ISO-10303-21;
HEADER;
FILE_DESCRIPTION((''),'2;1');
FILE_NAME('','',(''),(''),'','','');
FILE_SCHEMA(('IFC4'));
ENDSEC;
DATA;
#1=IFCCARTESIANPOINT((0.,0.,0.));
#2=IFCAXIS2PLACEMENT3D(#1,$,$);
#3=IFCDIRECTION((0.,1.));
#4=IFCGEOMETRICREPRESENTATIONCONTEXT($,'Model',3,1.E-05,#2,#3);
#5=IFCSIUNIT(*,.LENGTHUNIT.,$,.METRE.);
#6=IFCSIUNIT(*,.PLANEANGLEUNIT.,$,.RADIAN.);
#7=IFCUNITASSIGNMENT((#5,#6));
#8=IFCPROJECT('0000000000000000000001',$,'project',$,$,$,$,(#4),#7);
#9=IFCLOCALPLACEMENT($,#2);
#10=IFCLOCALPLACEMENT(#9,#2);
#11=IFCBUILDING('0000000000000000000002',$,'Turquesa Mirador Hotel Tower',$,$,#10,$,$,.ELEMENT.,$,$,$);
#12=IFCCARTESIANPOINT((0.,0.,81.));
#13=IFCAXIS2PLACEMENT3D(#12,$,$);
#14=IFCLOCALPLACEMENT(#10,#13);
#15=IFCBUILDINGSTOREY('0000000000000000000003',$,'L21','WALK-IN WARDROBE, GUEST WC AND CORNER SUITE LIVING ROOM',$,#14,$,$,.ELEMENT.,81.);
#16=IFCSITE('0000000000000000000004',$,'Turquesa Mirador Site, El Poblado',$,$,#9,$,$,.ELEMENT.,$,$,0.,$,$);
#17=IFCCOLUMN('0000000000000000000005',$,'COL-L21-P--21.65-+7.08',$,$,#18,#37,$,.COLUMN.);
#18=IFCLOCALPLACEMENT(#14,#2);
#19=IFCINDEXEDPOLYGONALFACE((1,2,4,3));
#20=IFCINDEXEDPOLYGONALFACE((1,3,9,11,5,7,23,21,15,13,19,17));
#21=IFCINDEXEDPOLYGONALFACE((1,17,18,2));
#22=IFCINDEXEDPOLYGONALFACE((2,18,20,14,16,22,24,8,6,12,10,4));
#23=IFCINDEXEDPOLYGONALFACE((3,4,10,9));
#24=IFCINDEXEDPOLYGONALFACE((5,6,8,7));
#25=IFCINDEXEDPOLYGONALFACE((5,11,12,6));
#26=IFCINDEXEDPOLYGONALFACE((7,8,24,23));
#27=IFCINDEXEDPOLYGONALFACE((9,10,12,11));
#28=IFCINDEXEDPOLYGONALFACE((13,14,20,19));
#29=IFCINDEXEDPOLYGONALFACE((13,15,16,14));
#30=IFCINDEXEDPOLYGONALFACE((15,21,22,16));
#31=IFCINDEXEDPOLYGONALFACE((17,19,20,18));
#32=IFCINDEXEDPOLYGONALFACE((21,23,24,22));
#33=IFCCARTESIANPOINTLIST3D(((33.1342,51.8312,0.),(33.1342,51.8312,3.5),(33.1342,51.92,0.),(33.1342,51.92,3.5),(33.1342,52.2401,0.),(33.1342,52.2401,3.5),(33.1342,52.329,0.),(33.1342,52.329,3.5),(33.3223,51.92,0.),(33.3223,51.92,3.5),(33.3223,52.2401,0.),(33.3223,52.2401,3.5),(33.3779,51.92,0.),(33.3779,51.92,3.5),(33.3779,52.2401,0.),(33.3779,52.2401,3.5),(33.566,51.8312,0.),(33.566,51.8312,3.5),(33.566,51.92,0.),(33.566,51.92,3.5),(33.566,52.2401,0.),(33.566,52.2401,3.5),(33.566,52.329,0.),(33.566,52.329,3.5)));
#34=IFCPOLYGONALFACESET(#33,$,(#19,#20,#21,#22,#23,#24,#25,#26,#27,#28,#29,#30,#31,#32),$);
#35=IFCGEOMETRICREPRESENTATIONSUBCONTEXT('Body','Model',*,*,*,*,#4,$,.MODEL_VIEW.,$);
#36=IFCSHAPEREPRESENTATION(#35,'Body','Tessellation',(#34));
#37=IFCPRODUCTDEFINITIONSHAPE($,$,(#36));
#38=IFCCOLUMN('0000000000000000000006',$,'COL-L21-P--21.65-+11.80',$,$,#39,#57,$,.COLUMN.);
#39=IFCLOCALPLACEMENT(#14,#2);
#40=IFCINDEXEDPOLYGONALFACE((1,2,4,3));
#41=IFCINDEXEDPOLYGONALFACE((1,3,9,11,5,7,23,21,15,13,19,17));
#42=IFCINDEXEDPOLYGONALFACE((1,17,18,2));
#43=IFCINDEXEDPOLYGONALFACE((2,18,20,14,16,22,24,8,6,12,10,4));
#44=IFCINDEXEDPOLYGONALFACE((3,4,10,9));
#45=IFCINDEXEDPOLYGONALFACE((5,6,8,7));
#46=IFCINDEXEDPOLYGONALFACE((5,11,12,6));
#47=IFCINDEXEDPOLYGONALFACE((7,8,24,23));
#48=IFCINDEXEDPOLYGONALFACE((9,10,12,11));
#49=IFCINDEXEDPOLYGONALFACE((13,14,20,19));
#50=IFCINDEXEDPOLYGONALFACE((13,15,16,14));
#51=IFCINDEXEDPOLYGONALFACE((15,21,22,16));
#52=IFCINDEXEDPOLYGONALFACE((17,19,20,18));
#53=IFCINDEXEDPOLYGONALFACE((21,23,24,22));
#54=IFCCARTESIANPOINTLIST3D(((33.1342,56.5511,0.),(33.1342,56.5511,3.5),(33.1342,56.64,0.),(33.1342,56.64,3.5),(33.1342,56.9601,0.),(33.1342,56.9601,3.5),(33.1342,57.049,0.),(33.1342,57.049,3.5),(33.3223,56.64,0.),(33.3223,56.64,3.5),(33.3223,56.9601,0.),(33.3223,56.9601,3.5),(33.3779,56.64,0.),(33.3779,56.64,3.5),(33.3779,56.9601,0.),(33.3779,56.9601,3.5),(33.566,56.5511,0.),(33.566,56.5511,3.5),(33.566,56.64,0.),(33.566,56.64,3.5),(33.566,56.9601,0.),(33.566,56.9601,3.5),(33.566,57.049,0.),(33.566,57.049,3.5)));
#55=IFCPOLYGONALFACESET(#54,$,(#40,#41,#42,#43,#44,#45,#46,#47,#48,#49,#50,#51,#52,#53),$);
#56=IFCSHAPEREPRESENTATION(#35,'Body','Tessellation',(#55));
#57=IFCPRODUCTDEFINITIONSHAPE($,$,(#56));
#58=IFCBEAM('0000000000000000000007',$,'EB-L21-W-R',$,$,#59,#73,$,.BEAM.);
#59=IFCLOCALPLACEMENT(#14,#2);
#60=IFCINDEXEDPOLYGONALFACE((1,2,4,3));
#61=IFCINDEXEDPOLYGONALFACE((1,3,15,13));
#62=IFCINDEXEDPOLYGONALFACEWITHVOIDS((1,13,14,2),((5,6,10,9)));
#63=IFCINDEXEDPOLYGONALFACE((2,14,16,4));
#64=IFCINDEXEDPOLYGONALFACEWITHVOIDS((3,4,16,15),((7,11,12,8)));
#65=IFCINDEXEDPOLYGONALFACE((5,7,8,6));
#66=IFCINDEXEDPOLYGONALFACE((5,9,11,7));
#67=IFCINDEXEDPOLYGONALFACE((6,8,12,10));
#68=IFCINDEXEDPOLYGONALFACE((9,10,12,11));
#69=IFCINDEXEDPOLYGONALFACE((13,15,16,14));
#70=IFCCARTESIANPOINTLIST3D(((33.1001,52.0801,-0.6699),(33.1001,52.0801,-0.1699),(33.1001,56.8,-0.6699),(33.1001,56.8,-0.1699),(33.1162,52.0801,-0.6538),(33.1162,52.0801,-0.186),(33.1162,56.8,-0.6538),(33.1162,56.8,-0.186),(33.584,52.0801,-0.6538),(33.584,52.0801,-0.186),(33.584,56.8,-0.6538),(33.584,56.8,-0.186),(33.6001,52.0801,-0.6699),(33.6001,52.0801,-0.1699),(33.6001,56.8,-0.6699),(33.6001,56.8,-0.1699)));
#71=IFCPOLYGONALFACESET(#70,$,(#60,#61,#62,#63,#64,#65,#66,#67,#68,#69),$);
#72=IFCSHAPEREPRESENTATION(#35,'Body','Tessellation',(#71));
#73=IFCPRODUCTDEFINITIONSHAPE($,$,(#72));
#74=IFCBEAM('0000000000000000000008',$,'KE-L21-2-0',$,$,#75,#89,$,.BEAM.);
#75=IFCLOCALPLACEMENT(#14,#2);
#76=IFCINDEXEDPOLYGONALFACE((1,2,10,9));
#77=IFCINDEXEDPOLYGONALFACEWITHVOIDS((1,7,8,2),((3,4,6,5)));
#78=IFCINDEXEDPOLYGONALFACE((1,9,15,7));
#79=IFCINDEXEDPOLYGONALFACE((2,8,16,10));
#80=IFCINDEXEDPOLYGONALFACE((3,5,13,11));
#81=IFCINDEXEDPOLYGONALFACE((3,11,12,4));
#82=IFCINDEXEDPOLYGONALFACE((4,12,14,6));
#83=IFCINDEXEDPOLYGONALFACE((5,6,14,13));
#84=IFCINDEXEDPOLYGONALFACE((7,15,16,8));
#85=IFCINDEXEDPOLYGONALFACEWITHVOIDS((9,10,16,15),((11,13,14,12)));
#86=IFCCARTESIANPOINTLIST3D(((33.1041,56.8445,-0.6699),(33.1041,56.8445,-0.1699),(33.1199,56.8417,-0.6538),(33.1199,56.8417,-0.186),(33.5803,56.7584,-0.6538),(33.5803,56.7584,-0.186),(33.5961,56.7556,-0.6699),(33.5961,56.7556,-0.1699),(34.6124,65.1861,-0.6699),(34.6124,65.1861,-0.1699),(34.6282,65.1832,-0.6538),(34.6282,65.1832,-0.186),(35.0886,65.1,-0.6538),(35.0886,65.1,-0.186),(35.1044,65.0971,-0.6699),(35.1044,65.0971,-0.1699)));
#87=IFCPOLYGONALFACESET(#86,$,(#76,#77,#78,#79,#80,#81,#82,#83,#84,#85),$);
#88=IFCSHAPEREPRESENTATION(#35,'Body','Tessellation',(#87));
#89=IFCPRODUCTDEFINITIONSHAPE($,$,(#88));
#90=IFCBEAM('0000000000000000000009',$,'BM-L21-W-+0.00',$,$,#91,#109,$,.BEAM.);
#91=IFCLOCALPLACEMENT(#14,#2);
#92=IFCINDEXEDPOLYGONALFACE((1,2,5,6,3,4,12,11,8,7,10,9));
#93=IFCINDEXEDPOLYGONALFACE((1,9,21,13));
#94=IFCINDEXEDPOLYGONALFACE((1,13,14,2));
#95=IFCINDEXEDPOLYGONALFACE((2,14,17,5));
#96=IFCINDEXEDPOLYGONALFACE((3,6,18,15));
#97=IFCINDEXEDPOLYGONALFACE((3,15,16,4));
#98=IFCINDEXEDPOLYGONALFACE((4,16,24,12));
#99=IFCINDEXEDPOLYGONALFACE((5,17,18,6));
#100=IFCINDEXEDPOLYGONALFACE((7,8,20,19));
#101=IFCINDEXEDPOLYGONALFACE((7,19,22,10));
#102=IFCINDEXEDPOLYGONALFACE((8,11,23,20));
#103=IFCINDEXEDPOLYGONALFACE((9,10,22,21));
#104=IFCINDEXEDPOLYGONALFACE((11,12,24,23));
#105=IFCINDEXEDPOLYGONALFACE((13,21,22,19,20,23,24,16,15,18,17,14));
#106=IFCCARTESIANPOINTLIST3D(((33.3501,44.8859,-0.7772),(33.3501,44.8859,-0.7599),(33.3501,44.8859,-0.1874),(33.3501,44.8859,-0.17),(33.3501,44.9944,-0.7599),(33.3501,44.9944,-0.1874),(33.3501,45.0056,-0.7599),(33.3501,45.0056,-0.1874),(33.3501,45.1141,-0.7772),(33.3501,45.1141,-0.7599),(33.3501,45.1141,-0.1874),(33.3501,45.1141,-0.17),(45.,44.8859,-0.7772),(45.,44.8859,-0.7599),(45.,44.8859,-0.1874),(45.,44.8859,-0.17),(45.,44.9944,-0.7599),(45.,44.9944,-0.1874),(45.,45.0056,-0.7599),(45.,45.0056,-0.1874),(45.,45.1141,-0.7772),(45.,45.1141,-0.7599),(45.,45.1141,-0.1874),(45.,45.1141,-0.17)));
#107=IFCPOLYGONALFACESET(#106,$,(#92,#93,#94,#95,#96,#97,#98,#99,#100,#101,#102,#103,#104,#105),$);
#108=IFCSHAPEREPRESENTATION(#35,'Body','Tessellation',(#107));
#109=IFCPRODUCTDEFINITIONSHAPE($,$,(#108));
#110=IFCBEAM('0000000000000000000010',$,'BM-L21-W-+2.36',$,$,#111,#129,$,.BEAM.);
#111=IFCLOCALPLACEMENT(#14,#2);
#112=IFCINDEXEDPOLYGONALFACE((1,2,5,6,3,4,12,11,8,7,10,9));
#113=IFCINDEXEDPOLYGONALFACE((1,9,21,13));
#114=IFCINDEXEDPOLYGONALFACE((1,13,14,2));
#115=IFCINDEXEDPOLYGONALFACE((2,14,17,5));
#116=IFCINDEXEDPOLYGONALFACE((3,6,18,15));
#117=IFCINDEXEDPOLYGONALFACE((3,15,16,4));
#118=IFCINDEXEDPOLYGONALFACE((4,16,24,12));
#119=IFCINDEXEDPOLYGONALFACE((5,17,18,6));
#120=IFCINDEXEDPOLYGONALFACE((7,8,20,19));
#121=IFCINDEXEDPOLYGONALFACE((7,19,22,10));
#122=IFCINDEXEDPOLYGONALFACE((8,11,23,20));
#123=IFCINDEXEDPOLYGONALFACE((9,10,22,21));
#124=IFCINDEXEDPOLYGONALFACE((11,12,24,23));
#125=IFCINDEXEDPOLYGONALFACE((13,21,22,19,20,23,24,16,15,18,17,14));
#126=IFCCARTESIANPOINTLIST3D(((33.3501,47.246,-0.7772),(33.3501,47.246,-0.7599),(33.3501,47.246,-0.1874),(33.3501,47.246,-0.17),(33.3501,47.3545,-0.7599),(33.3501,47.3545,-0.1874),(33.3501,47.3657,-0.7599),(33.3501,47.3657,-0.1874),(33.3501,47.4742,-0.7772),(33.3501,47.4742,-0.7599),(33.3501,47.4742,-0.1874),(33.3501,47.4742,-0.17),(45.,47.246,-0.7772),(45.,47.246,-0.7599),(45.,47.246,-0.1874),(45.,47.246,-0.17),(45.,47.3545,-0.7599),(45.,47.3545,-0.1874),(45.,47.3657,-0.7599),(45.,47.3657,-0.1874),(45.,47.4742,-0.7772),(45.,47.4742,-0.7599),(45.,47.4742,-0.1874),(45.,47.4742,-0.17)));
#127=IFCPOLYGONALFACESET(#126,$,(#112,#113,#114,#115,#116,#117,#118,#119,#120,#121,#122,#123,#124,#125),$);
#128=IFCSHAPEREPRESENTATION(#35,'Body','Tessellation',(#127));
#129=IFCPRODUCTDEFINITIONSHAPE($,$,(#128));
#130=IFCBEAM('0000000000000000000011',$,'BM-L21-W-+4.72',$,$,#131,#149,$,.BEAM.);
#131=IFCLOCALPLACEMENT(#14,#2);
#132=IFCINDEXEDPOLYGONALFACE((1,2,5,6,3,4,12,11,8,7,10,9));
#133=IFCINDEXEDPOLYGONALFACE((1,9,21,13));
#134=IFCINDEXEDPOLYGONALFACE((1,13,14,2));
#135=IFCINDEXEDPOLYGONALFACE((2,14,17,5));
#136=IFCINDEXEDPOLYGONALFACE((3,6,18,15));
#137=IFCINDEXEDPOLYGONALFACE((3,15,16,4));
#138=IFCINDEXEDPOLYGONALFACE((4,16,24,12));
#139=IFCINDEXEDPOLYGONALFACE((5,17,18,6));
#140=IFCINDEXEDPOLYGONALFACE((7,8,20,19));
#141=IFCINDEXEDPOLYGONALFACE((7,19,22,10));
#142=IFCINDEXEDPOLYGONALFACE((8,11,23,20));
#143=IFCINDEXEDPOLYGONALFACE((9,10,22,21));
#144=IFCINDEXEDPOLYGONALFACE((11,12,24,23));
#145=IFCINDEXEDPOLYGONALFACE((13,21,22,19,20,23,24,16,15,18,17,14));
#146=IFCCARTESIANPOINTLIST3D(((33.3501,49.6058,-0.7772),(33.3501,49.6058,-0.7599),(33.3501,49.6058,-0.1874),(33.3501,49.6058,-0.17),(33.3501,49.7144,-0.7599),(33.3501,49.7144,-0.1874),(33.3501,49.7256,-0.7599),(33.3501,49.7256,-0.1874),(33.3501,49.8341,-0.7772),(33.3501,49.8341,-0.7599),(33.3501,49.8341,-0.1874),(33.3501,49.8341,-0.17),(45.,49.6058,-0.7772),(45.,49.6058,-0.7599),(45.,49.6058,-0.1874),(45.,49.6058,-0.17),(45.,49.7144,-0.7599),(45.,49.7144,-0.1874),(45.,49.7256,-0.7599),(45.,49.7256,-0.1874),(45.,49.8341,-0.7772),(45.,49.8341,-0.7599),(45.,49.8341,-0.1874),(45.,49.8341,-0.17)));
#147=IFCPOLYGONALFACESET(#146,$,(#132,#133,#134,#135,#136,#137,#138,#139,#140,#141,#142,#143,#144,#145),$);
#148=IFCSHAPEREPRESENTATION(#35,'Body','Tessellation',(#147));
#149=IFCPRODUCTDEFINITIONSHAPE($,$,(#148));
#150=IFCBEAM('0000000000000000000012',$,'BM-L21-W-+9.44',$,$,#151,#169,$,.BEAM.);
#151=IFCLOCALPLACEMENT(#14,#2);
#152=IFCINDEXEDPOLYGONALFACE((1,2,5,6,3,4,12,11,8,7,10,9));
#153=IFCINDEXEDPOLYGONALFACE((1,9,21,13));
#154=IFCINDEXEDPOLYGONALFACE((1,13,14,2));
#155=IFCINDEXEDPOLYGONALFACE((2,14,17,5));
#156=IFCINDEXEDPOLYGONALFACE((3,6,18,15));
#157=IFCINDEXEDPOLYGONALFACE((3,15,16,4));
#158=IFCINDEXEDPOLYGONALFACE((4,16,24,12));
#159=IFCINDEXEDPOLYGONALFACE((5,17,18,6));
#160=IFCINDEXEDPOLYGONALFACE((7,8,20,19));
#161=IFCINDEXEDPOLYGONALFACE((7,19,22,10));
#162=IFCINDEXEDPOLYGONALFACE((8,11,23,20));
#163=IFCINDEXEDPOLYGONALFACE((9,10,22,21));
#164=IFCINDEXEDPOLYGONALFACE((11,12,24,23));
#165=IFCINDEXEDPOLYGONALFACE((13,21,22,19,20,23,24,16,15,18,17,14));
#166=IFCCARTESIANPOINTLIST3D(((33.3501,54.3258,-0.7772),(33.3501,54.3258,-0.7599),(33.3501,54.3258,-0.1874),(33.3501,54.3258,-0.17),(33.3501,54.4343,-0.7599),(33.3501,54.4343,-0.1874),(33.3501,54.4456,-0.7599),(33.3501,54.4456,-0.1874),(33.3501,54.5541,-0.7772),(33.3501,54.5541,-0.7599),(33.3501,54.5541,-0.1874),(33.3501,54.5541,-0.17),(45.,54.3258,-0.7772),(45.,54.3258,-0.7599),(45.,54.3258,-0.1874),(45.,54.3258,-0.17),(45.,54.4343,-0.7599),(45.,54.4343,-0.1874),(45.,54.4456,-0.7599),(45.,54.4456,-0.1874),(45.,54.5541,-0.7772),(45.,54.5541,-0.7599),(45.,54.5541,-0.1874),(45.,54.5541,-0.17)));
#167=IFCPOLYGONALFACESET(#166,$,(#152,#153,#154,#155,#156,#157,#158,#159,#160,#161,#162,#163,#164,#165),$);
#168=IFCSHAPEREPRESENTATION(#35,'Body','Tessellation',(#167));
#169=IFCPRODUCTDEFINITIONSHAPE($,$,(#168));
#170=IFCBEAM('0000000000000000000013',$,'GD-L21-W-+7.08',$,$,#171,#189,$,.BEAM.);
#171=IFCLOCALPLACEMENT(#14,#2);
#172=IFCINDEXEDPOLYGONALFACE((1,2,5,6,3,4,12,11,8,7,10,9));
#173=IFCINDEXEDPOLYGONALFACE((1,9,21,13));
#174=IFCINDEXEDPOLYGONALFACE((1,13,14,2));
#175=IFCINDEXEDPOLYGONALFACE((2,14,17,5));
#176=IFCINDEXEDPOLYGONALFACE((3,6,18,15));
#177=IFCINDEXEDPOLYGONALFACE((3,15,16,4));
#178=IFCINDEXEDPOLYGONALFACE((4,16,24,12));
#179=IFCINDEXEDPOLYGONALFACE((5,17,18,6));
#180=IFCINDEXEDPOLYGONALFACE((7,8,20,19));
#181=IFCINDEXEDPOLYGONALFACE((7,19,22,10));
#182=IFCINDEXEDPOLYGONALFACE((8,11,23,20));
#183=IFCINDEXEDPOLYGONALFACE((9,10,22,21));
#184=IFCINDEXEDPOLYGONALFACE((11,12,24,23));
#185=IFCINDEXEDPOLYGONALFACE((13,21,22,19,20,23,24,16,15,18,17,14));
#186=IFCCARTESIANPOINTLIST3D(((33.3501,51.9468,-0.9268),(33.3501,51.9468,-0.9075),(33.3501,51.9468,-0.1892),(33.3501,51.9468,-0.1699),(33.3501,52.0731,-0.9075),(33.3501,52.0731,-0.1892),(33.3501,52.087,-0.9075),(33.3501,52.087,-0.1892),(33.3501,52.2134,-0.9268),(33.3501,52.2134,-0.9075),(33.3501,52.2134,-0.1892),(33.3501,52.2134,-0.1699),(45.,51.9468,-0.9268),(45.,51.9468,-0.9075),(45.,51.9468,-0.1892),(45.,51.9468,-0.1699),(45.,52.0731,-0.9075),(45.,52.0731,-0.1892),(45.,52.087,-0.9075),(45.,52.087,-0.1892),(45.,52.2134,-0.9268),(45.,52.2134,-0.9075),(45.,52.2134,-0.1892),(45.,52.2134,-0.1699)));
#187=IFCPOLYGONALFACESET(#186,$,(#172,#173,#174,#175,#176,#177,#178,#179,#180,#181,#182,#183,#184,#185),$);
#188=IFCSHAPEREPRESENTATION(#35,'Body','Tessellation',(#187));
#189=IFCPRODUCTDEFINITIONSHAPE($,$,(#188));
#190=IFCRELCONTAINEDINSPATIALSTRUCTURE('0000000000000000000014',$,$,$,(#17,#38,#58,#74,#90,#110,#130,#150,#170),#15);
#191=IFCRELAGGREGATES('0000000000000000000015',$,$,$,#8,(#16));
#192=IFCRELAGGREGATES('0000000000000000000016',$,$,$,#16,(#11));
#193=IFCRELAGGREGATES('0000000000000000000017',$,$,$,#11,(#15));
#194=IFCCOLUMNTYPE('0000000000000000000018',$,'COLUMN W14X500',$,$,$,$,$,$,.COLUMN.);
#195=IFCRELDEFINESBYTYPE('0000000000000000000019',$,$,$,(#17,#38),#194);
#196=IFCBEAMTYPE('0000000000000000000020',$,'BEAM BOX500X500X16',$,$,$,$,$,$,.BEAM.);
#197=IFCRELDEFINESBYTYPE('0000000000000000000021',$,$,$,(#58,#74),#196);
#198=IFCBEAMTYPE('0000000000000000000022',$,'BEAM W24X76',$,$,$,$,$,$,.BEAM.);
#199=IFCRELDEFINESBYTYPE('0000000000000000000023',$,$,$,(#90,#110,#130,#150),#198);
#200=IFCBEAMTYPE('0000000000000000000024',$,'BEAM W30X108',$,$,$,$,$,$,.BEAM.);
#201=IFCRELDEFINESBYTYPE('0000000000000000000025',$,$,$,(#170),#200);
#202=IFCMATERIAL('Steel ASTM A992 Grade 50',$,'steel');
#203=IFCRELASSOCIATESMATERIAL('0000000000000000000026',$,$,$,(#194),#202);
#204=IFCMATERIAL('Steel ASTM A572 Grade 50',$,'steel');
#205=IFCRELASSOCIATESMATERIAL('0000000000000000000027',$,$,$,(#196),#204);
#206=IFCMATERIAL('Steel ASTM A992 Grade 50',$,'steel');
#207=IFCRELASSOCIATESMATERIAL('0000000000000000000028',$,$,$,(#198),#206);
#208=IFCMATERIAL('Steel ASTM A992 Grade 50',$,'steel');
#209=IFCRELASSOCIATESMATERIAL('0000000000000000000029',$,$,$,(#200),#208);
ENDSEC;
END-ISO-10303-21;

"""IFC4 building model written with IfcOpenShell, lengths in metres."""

from ifc_helpers import new_model, si_unit, direction, frame, origin, origin_2d, place, context, subcontext, project, spatial, hollow_rectangle, i_section, extrude, material, material_profile, profile_set, type_object, element, save


model = new_model("IFC4")

# Units and contexts
model_context = context("Model", 3, precision=1e-05, world=origin(), true_north=direction((0.0, 1.0)))
body_context = subcontext(model_context, "Body", "Model", "MODEL_VIEW")
ifc_project = project(units=[si_unit("LENGTHUNIT", "METRE"), si_unit("PLANEANGLEUNIT", "RADIAN")], contexts=[model_context])

# Site, building, storey
site_placement = place(None, origin())
site = spatial("IfcSite", under=ifc_project, at=site_placement, Name="Turquesa Mirador Site, El Poblado", CompositionType="ELEMENT", RefElevation=0.0)
building_placement = place(site_placement, origin())
building = spatial("IfcBuilding", under=site, at=building_placement, Name="Turquesa Mirador Hotel Tower", CompositionType="ELEMENT")
storey_placement = place(building_placement, frame((0.0, 0.0, 81.0)))
storey = spatial("IfcBuildingStorey", under=building, at=storey_placement, Name="L21", Description="WALK-IN WARDROBE, GUEST WC AND CORNER SUITE LIVING ROOM", CompositionType="ELEMENT", Elevation=81.0)

# Columns
ifc_material_1 = material(Name="Steel ASTM A992 Grade 50", Category="steel")
ifc_material_profile_1 = material_profile(ifc_material_1, i_section(OverallWidth=0.4319, OverallDepth=0.4978, WebThickness=0.0557, FlangeThickness=0.0889, at=origin_2d()), Name="W14X500")
ifc_profile_set_1 = profile_set([ifc_material_profile_1], Name="Steel ASTM A992 Grade 50")
column_type = type_object("IfcColumnType", Name="COLUMN W14X500", PredefinedType="COLUMN", material=ifc_profile_set_1)
for number, where, z_axis, x_axis, name in (
    (1, (33.3501, 52.0801, 0.0), (0.0, 0.0, 1.0), (1.0, 0.0, 0.0), "COL-L21-P--21.65-+7.08"),
    (2, (33.3501, 56.8, 0.0), (0.0, 0.0, 1.0), (1.0, 0.0, 0.0), "COL-L21-P--21.65-+11.80"),
):
    element("IfcColumn", number, at=place(storey_placement, frame(where, z_axis=z_axis, x_axis=x_axis)), inside=storey, type_object=column_type, Name=name, PredefinedType="COLUMN", context=body_context, shape_type="SweptSolid", body=[
        extrude(i_section(OverallWidth=0.4319, OverallDepth=0.4978, WebThickness=0.0557, FlangeThickness=0.0889, at=origin_2d()), origin(), (0.0, 0.0, 1.0), 3.5),
    ])

# Beams
ifc_material_2 = material(Name="Steel ASTM A572 Grade 50", Category="steel")
ifc_material_profile_2 = material_profile(ifc_material_2, hollow_rectangle(XDim=0.5, YDim=0.5, WallThickness=0.0161, at=origin_2d()), Name="BOX500X500X16")
ifc_profile_set_2 = profile_set([ifc_material_profile_2], Name="Steel ASTM A572 Grade 50")
beam_type_1 = type_object("IfcBeamType", Name="BEAM BOX500X500X16", PredefinedType="BEAM", material=ifc_profile_set_2)
beam_1_placement = place(storey_placement, frame((33.3501, 52.0801, -0.4199), z_axis=(0.0, 1.0, 0.0), x_axis=(-1.0, 0.0, 0.0)))
element("IfcBeam", 3, at=beam_1_placement, inside=storey, type_object=beam_type_1, Name="EB-L21-W-R", PredefinedType="BEAM", context=body_context, shape_type="SweptSolid", body=[
    extrude(hollow_rectangle(XDim=0.5, YDim=0.5, WallThickness=0.0161, at=origin_2d()), origin(), (0.0, 0.0, 1.0), 4.72),
])
beam_2_placement = place(storey_placement, frame((33.3501, 56.8, -0.4199), z_axis=(0.177932, 0.984043, 0.0), x_axis=(-0.984043, 0.177932, 0.0)))
element("IfcBeam", 4, at=beam_2_placement, inside=storey, type_object=beam_type_1, Name="KE-L21-2-0", PredefinedType="BEAM", context=body_context, shape_type="SweptSolid", body=[
    extrude(hollow_rectangle(XDim=0.5, YDim=0.5, WallThickness=0.0161, at=origin_2d()), origin(), (0.0, 0.0, 1.0), 8.4768),
])
ifc_material_3 = material(Name="Steel ASTM A992 Grade 50", Category="steel")
ifc_material_profile_3 = material_profile(ifc_material_3, i_section(OverallWidth=0.2283, OverallDepth=0.6072, WebThickness=0.0112, FlangeThickness=0.0173, at=origin_2d()), Name="W24X76")
ifc_profile_set_3 = profile_set([ifc_material_profile_3], Name="Steel ASTM A992 Grade 50")
beam_type_2 = type_object("IfcBeamType", Name="BEAM W24X76", PredefinedType="BEAM", material=ifc_profile_set_3)
for number, where, z_axis, x_axis, name in (
    (5, (33.3501, 45.0, -0.4736), (1.0, 0.0, 0.0), (0.0, 1.0, 0.0), "BM-L21-W-+0.00"),
    (6, (33.3501, 47.3601, -0.4736), (1.0, 0.0, 0.0), (0.0, 1.0, 0.0), "BM-L21-W-+2.36"),
    (7, (33.3501, 49.72, -0.4736), (1.0, 0.0, 0.0), (0.0, 1.0, 0.0), "BM-L21-W-+4.72"),
    (8, (33.3501, 54.4399, -0.4736), (1.0, 0.0, 0.0), (0.0, 1.0, 0.0), "BM-L21-W-+9.44"),
):
    element("IfcBeam", number, at=place(storey_placement, frame(where, z_axis=z_axis, x_axis=x_axis)), inside=storey, type_object=beam_type_2, Name=name, PredefinedType="BEAM", context=body_context, shape_type="SweptSolid", body=[
        extrude(i_section(OverallWidth=0.2283, OverallDepth=0.6072, WebThickness=0.0112, FlangeThickness=0.0173, at=origin_2d()), origin(), (0.0, 0.0, 1.0), 11.6499),
    ])
ifc_material_4 = material(Name="Steel ASTM A992 Grade 50", Category="steel")
ifc_material_profile_4 = material_profile(ifc_material_4, i_section(OverallWidth=0.2666, OverallDepth=0.7568, WebThickness=0.0139, FlangeThickness=0.0193, at=origin_2d()), Name="W30X108")
ifc_profile_set_4 = profile_set([ifc_material_profile_4], Name="Steel ASTM A992 Grade 50")
beam_type_3 = type_object("IfcBeamType", Name="BEAM W30X108", PredefinedType="BEAM", material=ifc_profile_set_4)
beam_3_placement = place(storey_placement, frame((33.3501, 52.0801, -0.5483), z_axis=(1.0, 0.0, 0.0), x_axis=(0.0, 1.0, 0.0)))
element("IfcBeam", 9, at=beam_3_placement, inside=storey, type_object=beam_type_3, Name="GD-L21-W-+7.08", PredefinedType="BEAM", context=body_context, shape_type="SweptSolid", body=[
    extrude(i_section(OverallWidth=0.2666, OverallDepth=0.7568, WebThickness=0.0139, FlangeThickness=0.0193, at=origin_2d()), origin(), (0.0, 0.0, 1.0), 11.6499),
])

save(model, "model.ifc")
